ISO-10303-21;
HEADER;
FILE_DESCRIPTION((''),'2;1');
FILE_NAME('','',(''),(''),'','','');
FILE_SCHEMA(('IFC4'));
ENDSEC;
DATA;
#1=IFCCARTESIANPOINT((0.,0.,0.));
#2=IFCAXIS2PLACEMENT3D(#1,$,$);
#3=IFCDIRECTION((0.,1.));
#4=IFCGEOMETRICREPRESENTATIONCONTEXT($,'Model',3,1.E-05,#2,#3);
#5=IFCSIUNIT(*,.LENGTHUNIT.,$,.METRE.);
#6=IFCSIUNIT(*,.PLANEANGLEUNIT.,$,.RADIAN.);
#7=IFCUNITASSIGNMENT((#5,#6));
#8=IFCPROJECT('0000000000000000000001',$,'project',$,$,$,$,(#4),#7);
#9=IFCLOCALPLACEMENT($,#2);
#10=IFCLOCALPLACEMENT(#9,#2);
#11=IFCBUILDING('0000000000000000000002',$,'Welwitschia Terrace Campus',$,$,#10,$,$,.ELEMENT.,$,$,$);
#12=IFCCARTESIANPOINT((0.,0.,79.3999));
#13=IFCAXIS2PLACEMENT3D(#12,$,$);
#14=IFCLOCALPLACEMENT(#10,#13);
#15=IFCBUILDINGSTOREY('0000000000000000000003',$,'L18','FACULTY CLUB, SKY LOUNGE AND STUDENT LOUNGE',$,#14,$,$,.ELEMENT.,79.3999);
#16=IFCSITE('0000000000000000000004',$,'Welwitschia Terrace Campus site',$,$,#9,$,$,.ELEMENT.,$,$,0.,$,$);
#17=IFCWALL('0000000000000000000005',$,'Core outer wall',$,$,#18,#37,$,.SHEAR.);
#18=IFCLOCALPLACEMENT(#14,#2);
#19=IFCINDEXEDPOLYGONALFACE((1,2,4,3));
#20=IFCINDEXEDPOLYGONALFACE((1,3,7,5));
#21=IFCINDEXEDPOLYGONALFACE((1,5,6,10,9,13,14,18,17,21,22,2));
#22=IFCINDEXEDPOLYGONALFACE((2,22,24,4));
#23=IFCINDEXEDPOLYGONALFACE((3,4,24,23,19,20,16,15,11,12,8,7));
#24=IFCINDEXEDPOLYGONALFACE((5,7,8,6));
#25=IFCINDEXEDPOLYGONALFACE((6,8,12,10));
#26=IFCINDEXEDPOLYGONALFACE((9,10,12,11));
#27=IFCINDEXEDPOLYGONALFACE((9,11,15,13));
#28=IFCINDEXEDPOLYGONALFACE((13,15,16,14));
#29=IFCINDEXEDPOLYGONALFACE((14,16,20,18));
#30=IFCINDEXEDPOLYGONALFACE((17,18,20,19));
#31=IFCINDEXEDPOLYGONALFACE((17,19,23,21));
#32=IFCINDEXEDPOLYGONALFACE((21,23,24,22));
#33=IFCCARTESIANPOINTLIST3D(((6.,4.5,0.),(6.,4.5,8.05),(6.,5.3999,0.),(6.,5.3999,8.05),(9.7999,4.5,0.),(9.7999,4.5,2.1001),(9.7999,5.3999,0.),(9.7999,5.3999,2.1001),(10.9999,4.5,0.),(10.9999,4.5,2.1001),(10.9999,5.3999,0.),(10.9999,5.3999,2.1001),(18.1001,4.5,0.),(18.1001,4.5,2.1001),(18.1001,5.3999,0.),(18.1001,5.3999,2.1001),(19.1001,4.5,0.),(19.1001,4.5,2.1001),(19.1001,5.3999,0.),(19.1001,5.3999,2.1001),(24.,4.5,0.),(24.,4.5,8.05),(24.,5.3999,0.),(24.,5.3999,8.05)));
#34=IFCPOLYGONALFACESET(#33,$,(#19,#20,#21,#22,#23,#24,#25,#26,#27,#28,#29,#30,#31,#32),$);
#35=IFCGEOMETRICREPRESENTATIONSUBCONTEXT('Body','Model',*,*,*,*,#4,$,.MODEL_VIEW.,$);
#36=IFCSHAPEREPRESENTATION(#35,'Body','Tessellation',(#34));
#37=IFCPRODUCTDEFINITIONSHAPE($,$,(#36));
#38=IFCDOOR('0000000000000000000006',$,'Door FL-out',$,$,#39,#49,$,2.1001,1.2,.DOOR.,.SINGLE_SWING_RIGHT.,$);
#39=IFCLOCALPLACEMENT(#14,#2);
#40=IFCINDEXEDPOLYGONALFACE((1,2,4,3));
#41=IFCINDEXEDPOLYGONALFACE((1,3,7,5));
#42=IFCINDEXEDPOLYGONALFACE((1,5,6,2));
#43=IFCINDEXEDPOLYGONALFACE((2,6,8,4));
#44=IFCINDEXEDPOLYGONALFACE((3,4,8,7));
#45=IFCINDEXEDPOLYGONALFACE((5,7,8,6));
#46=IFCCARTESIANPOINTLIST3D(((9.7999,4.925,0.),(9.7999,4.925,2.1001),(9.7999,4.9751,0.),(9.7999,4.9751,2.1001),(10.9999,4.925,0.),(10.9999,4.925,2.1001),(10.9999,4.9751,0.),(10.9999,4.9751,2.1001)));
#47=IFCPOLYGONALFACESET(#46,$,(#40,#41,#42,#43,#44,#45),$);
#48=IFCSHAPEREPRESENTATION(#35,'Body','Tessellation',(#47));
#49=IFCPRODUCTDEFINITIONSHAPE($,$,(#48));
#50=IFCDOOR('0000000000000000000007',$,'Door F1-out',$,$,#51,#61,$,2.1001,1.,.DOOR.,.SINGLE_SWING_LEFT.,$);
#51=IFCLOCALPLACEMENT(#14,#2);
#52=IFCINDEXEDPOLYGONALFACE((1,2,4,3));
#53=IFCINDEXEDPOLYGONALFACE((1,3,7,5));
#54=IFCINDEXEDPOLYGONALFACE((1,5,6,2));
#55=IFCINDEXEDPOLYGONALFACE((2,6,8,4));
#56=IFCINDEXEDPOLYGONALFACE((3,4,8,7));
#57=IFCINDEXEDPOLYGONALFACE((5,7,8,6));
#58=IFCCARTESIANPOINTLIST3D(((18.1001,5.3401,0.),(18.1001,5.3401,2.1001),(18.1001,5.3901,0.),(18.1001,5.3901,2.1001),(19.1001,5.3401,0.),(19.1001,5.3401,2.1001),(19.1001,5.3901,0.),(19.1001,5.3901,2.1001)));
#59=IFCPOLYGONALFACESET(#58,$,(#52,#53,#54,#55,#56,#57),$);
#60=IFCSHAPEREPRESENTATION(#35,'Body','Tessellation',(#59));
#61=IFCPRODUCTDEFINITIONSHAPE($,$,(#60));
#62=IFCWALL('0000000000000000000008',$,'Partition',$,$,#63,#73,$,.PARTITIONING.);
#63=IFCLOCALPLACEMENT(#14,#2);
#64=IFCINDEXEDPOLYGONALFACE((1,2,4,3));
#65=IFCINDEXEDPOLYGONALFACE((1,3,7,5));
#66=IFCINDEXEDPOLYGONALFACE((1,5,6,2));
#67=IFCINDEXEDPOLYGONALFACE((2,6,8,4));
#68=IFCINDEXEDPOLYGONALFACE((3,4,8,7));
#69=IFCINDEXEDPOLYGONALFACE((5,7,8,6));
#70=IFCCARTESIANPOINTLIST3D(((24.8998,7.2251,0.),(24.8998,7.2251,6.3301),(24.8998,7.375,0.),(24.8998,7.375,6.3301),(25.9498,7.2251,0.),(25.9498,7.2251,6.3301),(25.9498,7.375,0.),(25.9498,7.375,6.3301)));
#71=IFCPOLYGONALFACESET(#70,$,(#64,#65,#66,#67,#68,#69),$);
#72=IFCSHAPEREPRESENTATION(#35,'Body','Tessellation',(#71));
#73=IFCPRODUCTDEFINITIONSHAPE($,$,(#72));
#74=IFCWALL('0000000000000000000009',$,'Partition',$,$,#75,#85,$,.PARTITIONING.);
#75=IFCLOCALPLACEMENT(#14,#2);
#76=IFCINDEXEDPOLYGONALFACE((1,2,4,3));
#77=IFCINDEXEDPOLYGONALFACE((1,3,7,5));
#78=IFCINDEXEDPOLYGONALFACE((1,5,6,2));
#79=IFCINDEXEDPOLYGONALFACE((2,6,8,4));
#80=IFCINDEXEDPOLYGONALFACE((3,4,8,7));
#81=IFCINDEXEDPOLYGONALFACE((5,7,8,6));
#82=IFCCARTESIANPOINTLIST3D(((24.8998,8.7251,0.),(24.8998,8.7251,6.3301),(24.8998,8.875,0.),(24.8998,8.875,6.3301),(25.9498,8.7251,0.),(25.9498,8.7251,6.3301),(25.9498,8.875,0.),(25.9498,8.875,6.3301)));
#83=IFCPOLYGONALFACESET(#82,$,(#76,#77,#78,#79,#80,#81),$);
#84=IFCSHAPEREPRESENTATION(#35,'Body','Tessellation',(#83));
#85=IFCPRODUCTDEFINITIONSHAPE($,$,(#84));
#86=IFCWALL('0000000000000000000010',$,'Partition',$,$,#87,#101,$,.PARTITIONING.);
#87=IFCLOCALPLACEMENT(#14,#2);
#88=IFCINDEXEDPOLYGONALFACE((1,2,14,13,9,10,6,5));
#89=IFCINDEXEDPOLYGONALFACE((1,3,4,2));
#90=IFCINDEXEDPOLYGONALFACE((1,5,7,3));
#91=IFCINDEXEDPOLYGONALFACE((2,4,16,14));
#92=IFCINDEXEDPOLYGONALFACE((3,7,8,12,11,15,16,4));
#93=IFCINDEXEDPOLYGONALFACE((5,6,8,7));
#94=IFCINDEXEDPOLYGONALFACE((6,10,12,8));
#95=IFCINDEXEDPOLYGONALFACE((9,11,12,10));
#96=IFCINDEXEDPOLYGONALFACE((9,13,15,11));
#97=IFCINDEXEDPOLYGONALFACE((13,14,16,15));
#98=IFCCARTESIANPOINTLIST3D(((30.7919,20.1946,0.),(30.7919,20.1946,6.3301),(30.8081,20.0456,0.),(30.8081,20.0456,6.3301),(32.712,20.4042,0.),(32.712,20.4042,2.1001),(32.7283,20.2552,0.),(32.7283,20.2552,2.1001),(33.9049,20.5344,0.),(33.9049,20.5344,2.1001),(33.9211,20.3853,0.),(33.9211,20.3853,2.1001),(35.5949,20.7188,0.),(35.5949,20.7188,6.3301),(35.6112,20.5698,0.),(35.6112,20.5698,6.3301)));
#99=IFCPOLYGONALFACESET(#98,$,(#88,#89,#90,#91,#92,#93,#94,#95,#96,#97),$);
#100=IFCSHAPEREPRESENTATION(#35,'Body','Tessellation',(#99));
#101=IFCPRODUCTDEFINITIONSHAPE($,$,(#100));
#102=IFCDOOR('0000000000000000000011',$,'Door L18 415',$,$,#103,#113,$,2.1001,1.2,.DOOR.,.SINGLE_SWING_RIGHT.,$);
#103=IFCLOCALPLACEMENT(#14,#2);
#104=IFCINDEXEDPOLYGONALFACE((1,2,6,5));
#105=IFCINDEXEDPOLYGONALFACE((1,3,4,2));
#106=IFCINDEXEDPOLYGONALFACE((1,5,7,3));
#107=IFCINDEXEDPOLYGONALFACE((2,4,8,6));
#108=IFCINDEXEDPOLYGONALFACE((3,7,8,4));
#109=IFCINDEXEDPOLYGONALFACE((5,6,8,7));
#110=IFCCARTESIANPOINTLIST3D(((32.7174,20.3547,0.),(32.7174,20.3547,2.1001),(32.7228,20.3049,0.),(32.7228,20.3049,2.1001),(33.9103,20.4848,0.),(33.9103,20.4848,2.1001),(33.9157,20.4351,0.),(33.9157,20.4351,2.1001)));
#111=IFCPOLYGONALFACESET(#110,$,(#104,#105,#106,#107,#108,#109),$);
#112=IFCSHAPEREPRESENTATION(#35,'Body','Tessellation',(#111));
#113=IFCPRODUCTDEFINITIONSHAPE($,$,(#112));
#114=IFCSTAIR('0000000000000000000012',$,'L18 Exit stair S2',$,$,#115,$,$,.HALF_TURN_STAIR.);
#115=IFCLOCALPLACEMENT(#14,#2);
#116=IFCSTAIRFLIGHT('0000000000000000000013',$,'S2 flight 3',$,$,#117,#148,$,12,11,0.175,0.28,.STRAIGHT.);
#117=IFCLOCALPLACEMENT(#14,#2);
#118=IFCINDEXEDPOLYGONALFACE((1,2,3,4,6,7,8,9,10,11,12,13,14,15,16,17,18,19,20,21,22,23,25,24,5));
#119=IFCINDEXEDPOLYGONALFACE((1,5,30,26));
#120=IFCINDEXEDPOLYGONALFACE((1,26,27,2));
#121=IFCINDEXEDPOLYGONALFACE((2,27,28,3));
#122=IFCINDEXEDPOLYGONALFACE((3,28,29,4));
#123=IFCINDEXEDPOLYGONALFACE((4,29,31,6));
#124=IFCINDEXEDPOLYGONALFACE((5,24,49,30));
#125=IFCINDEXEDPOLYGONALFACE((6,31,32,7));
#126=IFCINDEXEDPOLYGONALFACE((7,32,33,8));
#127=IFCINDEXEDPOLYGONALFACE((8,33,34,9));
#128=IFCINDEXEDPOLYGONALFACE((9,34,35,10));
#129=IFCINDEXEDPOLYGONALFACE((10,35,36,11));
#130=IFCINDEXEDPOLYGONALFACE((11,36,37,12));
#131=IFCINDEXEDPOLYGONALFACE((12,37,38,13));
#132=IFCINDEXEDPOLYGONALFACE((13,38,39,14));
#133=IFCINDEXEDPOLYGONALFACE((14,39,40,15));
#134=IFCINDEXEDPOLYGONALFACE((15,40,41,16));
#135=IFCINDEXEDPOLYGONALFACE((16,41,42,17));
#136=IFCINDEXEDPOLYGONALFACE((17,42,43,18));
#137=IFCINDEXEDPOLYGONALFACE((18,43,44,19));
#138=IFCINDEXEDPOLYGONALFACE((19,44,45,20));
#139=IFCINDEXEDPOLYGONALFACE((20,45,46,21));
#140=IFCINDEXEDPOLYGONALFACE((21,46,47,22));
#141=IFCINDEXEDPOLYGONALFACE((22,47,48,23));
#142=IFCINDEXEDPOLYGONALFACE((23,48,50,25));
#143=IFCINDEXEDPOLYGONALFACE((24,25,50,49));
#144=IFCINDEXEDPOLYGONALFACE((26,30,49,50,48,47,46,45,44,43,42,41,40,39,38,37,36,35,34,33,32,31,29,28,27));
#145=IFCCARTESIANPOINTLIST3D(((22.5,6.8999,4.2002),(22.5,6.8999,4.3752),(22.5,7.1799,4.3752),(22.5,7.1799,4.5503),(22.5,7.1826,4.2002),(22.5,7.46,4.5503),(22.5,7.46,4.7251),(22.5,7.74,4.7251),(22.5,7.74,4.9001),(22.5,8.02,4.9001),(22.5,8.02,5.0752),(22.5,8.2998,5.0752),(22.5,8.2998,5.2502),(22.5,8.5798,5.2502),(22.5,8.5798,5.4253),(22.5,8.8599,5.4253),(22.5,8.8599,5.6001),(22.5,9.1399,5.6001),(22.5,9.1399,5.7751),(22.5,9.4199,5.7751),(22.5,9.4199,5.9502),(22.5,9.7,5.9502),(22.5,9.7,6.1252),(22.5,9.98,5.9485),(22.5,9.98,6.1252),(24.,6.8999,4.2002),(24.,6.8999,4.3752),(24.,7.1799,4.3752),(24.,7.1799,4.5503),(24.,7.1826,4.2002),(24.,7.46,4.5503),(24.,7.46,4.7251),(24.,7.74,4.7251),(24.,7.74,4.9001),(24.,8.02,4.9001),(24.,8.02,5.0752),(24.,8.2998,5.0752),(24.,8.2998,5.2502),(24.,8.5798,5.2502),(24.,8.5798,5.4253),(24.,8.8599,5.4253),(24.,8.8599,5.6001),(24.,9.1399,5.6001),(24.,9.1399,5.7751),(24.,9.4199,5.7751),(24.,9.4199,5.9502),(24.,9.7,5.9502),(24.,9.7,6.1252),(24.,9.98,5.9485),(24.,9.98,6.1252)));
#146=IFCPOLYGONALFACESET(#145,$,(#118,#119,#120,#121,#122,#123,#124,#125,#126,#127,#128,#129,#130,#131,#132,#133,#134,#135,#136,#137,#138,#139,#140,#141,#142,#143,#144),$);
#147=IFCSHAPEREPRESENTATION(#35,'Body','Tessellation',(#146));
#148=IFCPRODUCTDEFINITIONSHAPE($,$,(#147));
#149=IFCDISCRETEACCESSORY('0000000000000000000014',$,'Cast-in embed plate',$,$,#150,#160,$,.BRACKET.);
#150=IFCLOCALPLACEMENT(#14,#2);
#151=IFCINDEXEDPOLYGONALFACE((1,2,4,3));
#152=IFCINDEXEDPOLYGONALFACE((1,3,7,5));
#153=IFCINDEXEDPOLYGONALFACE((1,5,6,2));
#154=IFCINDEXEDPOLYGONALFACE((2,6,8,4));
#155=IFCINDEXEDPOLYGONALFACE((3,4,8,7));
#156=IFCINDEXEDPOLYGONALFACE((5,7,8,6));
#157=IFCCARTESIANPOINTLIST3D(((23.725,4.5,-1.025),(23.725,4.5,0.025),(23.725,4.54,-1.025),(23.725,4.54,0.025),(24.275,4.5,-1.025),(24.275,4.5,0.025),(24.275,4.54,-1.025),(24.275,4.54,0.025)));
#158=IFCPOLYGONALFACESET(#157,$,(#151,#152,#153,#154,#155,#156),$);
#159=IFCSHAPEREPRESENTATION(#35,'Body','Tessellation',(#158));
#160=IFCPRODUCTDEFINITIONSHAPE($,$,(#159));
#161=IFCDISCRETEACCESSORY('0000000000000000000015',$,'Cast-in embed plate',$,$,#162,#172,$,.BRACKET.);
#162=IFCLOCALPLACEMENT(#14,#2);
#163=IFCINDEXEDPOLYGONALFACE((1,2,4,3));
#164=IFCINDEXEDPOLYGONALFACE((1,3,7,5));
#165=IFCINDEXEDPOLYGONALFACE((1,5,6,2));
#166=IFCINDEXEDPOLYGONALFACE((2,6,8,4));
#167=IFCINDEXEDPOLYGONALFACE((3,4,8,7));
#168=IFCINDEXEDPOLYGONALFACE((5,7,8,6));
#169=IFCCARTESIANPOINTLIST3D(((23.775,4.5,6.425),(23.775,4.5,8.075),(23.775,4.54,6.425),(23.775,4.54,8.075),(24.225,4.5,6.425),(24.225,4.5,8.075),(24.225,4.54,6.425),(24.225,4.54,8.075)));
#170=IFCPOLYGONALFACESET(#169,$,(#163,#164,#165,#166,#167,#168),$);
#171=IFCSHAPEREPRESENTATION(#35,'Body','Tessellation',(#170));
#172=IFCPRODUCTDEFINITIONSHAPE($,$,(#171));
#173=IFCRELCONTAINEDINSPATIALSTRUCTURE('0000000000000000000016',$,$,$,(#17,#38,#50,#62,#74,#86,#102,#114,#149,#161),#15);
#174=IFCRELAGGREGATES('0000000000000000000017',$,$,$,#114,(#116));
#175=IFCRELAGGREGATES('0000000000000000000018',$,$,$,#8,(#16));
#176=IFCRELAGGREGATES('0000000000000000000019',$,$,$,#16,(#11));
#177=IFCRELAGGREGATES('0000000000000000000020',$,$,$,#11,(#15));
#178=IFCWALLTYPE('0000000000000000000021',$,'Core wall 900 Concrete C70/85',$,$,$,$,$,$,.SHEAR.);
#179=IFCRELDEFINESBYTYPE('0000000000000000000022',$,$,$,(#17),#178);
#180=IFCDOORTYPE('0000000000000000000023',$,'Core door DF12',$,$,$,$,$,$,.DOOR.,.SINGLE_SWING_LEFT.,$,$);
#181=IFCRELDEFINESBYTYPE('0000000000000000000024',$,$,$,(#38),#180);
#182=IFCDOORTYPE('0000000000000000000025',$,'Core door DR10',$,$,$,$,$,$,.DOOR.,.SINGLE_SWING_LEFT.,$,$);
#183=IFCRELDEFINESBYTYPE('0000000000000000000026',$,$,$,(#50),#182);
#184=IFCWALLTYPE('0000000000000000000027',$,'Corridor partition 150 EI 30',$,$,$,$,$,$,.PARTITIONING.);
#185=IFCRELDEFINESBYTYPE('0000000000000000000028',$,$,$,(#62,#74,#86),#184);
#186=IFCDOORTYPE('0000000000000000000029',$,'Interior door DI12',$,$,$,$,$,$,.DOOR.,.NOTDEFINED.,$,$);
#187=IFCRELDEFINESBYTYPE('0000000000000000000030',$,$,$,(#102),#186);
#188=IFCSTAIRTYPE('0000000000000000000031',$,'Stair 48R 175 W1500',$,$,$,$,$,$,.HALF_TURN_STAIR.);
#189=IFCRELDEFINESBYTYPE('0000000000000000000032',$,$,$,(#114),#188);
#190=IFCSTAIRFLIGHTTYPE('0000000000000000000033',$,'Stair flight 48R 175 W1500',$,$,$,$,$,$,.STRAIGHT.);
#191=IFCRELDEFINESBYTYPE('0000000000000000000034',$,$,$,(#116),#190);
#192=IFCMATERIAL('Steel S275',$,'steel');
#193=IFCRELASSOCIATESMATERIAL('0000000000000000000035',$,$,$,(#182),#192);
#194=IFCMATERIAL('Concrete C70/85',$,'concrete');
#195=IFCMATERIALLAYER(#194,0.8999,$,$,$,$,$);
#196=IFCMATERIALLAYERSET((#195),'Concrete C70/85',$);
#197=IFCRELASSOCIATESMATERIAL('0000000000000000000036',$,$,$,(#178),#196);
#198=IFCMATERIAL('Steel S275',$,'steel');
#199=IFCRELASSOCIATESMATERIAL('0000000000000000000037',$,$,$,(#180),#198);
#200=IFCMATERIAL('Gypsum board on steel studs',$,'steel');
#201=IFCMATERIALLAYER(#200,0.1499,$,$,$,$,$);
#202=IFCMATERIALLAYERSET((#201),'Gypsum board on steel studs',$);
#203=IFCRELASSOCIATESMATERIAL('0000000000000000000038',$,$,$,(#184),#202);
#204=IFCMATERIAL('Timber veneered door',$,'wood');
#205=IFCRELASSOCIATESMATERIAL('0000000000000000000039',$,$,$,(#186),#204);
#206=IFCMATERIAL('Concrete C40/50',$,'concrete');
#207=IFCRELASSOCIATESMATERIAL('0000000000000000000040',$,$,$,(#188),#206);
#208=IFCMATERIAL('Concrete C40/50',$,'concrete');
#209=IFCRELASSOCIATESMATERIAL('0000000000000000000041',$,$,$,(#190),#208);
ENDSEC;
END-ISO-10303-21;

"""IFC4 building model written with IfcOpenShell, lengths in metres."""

from ifc_helpers import new_model, si_unit, direction, frame, frame_2d, origin, origin_2d, place, context, subcontext, project, spatial, polyline, rectangle, outline, extrude, material, layer, layer_set, type_object, element, fill, aggregate, save


model = new_model("IFC4")

# Units and contexts
model_context = context("Model", 3, precision=1e-05, world=origin(), true_north=direction((0.0, 1.0)))
body_context = subcontext(model_context, "Body", "Model", "MODEL_VIEW")
ifc_project = project(units=[si_unit("LENGTHUNIT", "METRE"), si_unit("PLANEANGLEUNIT", "RADIAN")], contexts=[model_context])

# Site, building, storey
site_placement = place(None, origin())
site = spatial("IfcSite", under=ifc_project, at=site_placement, Name="Welwitschia Terrace Campus site", CompositionType="ELEMENT", RefElevation=0.0)
building_placement = place(site_placement, origin())
building = spatial("IfcBuilding", under=site, at=building_placement, Name="Welwitschia Terrace Campus", CompositionType="ELEMENT")
storey_placement = place(building_placement, frame((0.0, 0.0, 79.3999)))
storey = spatial("IfcBuildingStorey", under=building, at=storey_placement, Name="L18", Description="FACULTY CLUB, SKY LOUNGE AND STUDENT LOUNGE", CompositionType="ELEMENT", Elevation=79.3999)

# Wall, openings, doors
ifc_material_1 = material(Name="Steel S275", Category="steel")
door_type_1 = type_object("IfcDoorType", Name="Core door DR10", OperationType="SINGLE_SWING_LEFT", PredefinedType="DOOR", material=ifc_material_1)
ifc_material_2 = material(Name="Concrete C70/85", Category="concrete")
ifc_layer_1 = layer(ifc_material_2, 0.8999)
ifc_layer_set_1 = layer_set([ifc_layer_1], Name="Concrete C70/85")
wall_type_1 = type_object("IfcWallType", Name="Core wall 900 Concrete C70/85", PredefinedType="SHEAR", material=ifc_layer_set_1)
wall_1_placement = place(storey_placement, frame((24.0, 4.95, 0.0), z_axis=(0.0, 0.0, 1.0), x_axis=(-1.0, 0.0, 0.0)))
wall_1 = element("IfcWall", 1, at=wall_1_placement, inside=storey, type_object=wall_type_1, Name="Core outer wall", PredefinedType="SHEAR", context=body_context, shape_type="SweptSolid", body=[
    extrude(rectangle(XDim=18.0, YDim=0.8999, at=frame_2d((9.0, 0.0))), origin(), (0.0, 0.0, 1.0), 8.05),
])
opening_1_placement = place(wall_1_placement, frame((13.0, 0.0, 0.0)))
opening_1 = element("IfcOpeningElement", 2, at=opening_1_placement, cuts=wall_1, PredefinedType="OPENING", context=body_context, shape_type="SweptSolid", body=[
    extrude(rectangle(XDim=1.2, YDim=2.1001, at=frame_2d((0.6001, 1.05))), frame((0.0, 0.46, 0.0), z_axis=(0.0, -1.0, 0.0), x_axis=(1.0, 0.0, 0.0)), (0.0, 0.0, 1.0), 0.9199),
])
opening_2_placement = place(wall_1_placement, frame((4.8999, 0.0, 0.0)))
opening_2 = element("IfcOpeningElement", 3, at=opening_2_placement, cuts=wall_1, PredefinedType="OPENING", context=body_context, shape_type="SweptSolid", body=[
    extrude(rectangle(XDim=1.0, YDim=2.1001, at=frame_2d((0.5, 1.05))), frame((0.0, 0.46, 0.0), z_axis=(0.0, -1.0, 0.0), x_axis=(1.0, 0.0, 0.0)), (0.0, 0.0, 1.0), 0.9199),
])
ifc_material_3 = material(Name="Steel S275", Category="steel")
door_type_2 = type_object("IfcDoorType", Name="Core door DF12", OperationType="SINGLE_SWING_LEFT", PredefinedType="DOOR", material=ifc_material_3)
door_1_placement = place(opening_1_placement, origin())
door_1 = element("IfcDoor", 4, at=door_1_placement, inside=storey, type_object=door_type_2, Name="Door FL-out", OperationType="SINGLE_SWING_RIGHT", OverallHeight=2.1001, OverallWidth=1.2, PredefinedType="DOOR", context=body_context, shape_type="SweptSolid", body=[
    extrude(rectangle(XDim=1.2, YDim=2.1001, at=frame_2d((0.6001, 1.05))), frame((0.0, 0.0249, 0.0), z_axis=(0.0, -1.0, 0.0), x_axis=(1.0, 0.0, 0.0)), (0.0, 0.0, 1.0), 0.05),
])
fill(opening_1, door_1)
door_2_placement = place(opening_2_placement, origin())
door_2 = element("IfcDoor", 5, at=door_2_placement, inside=storey, type_object=door_type_1, Name="Door F1-out", OperationType="SINGLE_SWING_LEFT", OverallHeight=2.1001, OverallWidth=1.0, PredefinedType="DOOR", context=body_context, shape_type="SweptSolid", body=[
    extrude(rectangle(XDim=1.0, YDim=2.1001, at=frame_2d((0.5, 1.05))), frame((0.0, -0.3901, 0.0), z_axis=(0.0, -1.0, 0.0), x_axis=(1.0, 0.0, 0.0)), (0.0, 0.0, 1.0), 0.05),
])
fill(opening_2, door_2)

# Walls
ifc_material_4 = material(Name="Gypsum board on steel studs", Category="steel")
ifc_layer_2 = layer(ifc_material_4, 0.1499)
ifc_layer_set_2 = layer_set([ifc_layer_2], Name="Gypsum board on steel studs")
wall_type_2 = type_object("IfcWallType", Name="Corridor partition 150 EI 30", PredefinedType="PARTITIONING", material=ifc_layer_set_2)
for number, where, z_axis, x_axis, name in (
    (6, (24.8999, 7.3, 0.0), (0.0, 0.0, 1.0), (1.0, 0.0, 0.0), "Partition"),
    (7, (24.8999, 8.8, 0.0), (0.0, 0.0, 1.0), (1.0, 0.0, 0.0), "Partition"),
):
    element("IfcWall", number, at=place(storey_placement, frame(where, z_axis=z_axis, x_axis=x_axis)), inside=storey, type_object=wall_type_2, Name=name, PredefinedType="PARTITIONING", context=body_context, shape_type="SweptSolid", body=[
        extrude(rectangle(XDim=1.05, YDim=0.1499, at=frame_2d((0.5249, 0.0))), origin(), (0.0, 0.0, 1.0), 6.3301),
    ])

# Wall, opening, door
wall_2_placement = place(storey_placement, frame((35.603, 20.6443, 0.0), z_axis=(0.0, 0.0, 1.0), x_axis=(-0.994098, -0.10849, 0.0)))
wall_2 = element("IfcWall", 8, at=wall_2_placement, inside=storey, type_object=wall_type_2, Name="Partition", PredefinedType="PARTITIONING", context=body_context, shape_type="SweptSolid", body=[
    extrude(rectangle(XDim=4.8315, YDim=0.1499, at=frame_2d((2.4158, 0.0))), origin(), (0.0, 0.0, 1.0), 6.3301),
])
opening_3_placement = place(wall_2_placement, frame((1.7, 0.0, 0.0)))
opening_3 = element("IfcOpeningElement", 9, at=opening_3_placement, cuts=wall_2, PredefinedType="OPENING", context=body_context, shape_type="SweptSolid", body=[
    extrude(rectangle(XDim=1.2, YDim=2.1001, at=frame_2d((0.6001, 1.05))), frame((0.0, 0.085, 0.0), z_axis=(0.0, -1.0, 0.0), x_axis=(1.0, 0.0, 0.0)), (0.0, 0.0, 1.0), 0.1699),
])
ifc_material_5 = material(Name="Timber veneered door", Category="wood")
door_type_3 = type_object("IfcDoorType", Name="Interior door DI12", OperationType="NOTDEFINED", PredefinedType="DOOR", material=ifc_material_5)
door_3_placement = place(opening_3_placement, origin())
door_3 = element("IfcDoor", 10, at=door_3_placement, inside=storey, type_object=door_type_3, Name="Door L18 415", OperationType="SINGLE_SWING_RIGHT", OverallHeight=2.1001, OverallWidth=1.2, PredefinedType="DOOR", context=body_context, shape_type="SweptSolid", body=[
    extrude(rectangle(XDim=1.2, YDim=2.1001, at=frame_2d((0.6001, 1.05))), frame((0.0, 0.0249, 0.0), z_axis=(0.0, -1.0, 0.0), x_axis=(1.0, 0.0, 0.0)), (0.0, 0.0, 1.0), 0.05),
])
fill(opening_3, door_3)

# Stair, stair flight
ifc_material_6 = material(Name="Concrete C40/50", Category="concrete")
stair_type = type_object("IfcStairType", Name="Stair 48R 175 W1500", PredefinedType="HALF_TURN_STAIR", material=ifc_material_6)
stair_placement = place(storey_placement, origin())
stair = element("IfcStair", 11, at=stair_placement, inside=storey, type_object=stair_type, Name="L18 Exit stair S2", PredefinedType="HALF_TURN_STAIR")
ifc_material_7 = material(Name="Concrete C40/50", Category="concrete")
stair_flight_type = type_object("IfcStairFlightType", Name="Stair flight 48R 175 W1500", PredefinedType="STRAIGHT", material=ifc_material_7)
stair_flight_placement = place(storey_placement, frame((23.25, 6.8999, 4.2002), z_axis=(0.0, 0.0, 1.0), x_axis=(0.0, 1.0, 0.0)))
stair_flight = element("IfcStairFlight", 12, at=stair_flight_placement, type_object=stair_flight_type, Name="S2 flight 3", NumberOfRisers=12, NumberOfTreads=11, PredefinedType="STRAIGHT", RiserHeight=0.175, TreadLength=0.28, context=body_context, shape_type="SweptSolid", body=[
    extrude(outline(polyline([(0.0, 0.0), (0.0, 0.175), (0.28, 0.175), (0.28, 0.3501), (0.5601, 0.3501), (0.5601, 0.5249), (0.8401, 0.5249), (0.8401, 0.7), (1.1201, 0.7), (1.1201, 0.875), (1.3999, 0.875), (1.3999, 1.05), (1.6799, 1.05), (1.6799, 1.2251), (1.96, 1.2251), (1.96, 1.3999), (2.24, 1.3999), (2.24, 1.575), (2.52, 1.575), (2.52, 1.75), (2.8, 1.75), (2.8, 1.925), (3.0801, 1.925), (3.0801, 2.1001), (3.0801, 1.7483), (0.2827, 0.0), (0.0, 0.0)])), frame((0.0, 0.75, 0.0), z_axis=(0.0, -1.0, 0.0), x_axis=(1.0, 0.0, 0.0)), (0.0, 0.0, 1.0), 1.5),
])
aggregate(stair, [stair_flight])

# Discrete accessories
discrete_accessory_1_placement = place(storey_placement, frame((24.0, 4.5, -0.5), z_axis=(0.0, 1.0, 0.0), x_axis=(-1.0, 0.0, 0.0)))
element("IfcDiscreteAccessory", 13, at=discrete_accessory_1_placement, inside=storey, Name="Cast-in embed plate", PredefinedType="BRACKET", context=body_context, shape_type="SweptSolid", body=[
    extrude(rectangle(XDim=0.55, YDim=1.05, at=origin_2d()), origin(), (0.0, 0.0, 1.0), 0.04),
])
discrete_accessory_2_placement = place(storey_placement, frame((24.0, 4.5, 7.25), z_axis=(0.0, 1.0, 0.0), x_axis=(-1.0, 0.0, 0.0)))
element("IfcDiscreteAccessory", 14, at=discrete_accessory_2_placement, inside=storey, Name="Cast-in embed plate", PredefinedType="BRACKET", context=body_context, shape_type="SweptSolid", body=[
    extrude(rectangle(XDim=0.45, YDim=1.6499, at=origin_2d()), origin(), (0.0, 0.0, 1.0), 0.04),
])

save(model, "model.ifc")
